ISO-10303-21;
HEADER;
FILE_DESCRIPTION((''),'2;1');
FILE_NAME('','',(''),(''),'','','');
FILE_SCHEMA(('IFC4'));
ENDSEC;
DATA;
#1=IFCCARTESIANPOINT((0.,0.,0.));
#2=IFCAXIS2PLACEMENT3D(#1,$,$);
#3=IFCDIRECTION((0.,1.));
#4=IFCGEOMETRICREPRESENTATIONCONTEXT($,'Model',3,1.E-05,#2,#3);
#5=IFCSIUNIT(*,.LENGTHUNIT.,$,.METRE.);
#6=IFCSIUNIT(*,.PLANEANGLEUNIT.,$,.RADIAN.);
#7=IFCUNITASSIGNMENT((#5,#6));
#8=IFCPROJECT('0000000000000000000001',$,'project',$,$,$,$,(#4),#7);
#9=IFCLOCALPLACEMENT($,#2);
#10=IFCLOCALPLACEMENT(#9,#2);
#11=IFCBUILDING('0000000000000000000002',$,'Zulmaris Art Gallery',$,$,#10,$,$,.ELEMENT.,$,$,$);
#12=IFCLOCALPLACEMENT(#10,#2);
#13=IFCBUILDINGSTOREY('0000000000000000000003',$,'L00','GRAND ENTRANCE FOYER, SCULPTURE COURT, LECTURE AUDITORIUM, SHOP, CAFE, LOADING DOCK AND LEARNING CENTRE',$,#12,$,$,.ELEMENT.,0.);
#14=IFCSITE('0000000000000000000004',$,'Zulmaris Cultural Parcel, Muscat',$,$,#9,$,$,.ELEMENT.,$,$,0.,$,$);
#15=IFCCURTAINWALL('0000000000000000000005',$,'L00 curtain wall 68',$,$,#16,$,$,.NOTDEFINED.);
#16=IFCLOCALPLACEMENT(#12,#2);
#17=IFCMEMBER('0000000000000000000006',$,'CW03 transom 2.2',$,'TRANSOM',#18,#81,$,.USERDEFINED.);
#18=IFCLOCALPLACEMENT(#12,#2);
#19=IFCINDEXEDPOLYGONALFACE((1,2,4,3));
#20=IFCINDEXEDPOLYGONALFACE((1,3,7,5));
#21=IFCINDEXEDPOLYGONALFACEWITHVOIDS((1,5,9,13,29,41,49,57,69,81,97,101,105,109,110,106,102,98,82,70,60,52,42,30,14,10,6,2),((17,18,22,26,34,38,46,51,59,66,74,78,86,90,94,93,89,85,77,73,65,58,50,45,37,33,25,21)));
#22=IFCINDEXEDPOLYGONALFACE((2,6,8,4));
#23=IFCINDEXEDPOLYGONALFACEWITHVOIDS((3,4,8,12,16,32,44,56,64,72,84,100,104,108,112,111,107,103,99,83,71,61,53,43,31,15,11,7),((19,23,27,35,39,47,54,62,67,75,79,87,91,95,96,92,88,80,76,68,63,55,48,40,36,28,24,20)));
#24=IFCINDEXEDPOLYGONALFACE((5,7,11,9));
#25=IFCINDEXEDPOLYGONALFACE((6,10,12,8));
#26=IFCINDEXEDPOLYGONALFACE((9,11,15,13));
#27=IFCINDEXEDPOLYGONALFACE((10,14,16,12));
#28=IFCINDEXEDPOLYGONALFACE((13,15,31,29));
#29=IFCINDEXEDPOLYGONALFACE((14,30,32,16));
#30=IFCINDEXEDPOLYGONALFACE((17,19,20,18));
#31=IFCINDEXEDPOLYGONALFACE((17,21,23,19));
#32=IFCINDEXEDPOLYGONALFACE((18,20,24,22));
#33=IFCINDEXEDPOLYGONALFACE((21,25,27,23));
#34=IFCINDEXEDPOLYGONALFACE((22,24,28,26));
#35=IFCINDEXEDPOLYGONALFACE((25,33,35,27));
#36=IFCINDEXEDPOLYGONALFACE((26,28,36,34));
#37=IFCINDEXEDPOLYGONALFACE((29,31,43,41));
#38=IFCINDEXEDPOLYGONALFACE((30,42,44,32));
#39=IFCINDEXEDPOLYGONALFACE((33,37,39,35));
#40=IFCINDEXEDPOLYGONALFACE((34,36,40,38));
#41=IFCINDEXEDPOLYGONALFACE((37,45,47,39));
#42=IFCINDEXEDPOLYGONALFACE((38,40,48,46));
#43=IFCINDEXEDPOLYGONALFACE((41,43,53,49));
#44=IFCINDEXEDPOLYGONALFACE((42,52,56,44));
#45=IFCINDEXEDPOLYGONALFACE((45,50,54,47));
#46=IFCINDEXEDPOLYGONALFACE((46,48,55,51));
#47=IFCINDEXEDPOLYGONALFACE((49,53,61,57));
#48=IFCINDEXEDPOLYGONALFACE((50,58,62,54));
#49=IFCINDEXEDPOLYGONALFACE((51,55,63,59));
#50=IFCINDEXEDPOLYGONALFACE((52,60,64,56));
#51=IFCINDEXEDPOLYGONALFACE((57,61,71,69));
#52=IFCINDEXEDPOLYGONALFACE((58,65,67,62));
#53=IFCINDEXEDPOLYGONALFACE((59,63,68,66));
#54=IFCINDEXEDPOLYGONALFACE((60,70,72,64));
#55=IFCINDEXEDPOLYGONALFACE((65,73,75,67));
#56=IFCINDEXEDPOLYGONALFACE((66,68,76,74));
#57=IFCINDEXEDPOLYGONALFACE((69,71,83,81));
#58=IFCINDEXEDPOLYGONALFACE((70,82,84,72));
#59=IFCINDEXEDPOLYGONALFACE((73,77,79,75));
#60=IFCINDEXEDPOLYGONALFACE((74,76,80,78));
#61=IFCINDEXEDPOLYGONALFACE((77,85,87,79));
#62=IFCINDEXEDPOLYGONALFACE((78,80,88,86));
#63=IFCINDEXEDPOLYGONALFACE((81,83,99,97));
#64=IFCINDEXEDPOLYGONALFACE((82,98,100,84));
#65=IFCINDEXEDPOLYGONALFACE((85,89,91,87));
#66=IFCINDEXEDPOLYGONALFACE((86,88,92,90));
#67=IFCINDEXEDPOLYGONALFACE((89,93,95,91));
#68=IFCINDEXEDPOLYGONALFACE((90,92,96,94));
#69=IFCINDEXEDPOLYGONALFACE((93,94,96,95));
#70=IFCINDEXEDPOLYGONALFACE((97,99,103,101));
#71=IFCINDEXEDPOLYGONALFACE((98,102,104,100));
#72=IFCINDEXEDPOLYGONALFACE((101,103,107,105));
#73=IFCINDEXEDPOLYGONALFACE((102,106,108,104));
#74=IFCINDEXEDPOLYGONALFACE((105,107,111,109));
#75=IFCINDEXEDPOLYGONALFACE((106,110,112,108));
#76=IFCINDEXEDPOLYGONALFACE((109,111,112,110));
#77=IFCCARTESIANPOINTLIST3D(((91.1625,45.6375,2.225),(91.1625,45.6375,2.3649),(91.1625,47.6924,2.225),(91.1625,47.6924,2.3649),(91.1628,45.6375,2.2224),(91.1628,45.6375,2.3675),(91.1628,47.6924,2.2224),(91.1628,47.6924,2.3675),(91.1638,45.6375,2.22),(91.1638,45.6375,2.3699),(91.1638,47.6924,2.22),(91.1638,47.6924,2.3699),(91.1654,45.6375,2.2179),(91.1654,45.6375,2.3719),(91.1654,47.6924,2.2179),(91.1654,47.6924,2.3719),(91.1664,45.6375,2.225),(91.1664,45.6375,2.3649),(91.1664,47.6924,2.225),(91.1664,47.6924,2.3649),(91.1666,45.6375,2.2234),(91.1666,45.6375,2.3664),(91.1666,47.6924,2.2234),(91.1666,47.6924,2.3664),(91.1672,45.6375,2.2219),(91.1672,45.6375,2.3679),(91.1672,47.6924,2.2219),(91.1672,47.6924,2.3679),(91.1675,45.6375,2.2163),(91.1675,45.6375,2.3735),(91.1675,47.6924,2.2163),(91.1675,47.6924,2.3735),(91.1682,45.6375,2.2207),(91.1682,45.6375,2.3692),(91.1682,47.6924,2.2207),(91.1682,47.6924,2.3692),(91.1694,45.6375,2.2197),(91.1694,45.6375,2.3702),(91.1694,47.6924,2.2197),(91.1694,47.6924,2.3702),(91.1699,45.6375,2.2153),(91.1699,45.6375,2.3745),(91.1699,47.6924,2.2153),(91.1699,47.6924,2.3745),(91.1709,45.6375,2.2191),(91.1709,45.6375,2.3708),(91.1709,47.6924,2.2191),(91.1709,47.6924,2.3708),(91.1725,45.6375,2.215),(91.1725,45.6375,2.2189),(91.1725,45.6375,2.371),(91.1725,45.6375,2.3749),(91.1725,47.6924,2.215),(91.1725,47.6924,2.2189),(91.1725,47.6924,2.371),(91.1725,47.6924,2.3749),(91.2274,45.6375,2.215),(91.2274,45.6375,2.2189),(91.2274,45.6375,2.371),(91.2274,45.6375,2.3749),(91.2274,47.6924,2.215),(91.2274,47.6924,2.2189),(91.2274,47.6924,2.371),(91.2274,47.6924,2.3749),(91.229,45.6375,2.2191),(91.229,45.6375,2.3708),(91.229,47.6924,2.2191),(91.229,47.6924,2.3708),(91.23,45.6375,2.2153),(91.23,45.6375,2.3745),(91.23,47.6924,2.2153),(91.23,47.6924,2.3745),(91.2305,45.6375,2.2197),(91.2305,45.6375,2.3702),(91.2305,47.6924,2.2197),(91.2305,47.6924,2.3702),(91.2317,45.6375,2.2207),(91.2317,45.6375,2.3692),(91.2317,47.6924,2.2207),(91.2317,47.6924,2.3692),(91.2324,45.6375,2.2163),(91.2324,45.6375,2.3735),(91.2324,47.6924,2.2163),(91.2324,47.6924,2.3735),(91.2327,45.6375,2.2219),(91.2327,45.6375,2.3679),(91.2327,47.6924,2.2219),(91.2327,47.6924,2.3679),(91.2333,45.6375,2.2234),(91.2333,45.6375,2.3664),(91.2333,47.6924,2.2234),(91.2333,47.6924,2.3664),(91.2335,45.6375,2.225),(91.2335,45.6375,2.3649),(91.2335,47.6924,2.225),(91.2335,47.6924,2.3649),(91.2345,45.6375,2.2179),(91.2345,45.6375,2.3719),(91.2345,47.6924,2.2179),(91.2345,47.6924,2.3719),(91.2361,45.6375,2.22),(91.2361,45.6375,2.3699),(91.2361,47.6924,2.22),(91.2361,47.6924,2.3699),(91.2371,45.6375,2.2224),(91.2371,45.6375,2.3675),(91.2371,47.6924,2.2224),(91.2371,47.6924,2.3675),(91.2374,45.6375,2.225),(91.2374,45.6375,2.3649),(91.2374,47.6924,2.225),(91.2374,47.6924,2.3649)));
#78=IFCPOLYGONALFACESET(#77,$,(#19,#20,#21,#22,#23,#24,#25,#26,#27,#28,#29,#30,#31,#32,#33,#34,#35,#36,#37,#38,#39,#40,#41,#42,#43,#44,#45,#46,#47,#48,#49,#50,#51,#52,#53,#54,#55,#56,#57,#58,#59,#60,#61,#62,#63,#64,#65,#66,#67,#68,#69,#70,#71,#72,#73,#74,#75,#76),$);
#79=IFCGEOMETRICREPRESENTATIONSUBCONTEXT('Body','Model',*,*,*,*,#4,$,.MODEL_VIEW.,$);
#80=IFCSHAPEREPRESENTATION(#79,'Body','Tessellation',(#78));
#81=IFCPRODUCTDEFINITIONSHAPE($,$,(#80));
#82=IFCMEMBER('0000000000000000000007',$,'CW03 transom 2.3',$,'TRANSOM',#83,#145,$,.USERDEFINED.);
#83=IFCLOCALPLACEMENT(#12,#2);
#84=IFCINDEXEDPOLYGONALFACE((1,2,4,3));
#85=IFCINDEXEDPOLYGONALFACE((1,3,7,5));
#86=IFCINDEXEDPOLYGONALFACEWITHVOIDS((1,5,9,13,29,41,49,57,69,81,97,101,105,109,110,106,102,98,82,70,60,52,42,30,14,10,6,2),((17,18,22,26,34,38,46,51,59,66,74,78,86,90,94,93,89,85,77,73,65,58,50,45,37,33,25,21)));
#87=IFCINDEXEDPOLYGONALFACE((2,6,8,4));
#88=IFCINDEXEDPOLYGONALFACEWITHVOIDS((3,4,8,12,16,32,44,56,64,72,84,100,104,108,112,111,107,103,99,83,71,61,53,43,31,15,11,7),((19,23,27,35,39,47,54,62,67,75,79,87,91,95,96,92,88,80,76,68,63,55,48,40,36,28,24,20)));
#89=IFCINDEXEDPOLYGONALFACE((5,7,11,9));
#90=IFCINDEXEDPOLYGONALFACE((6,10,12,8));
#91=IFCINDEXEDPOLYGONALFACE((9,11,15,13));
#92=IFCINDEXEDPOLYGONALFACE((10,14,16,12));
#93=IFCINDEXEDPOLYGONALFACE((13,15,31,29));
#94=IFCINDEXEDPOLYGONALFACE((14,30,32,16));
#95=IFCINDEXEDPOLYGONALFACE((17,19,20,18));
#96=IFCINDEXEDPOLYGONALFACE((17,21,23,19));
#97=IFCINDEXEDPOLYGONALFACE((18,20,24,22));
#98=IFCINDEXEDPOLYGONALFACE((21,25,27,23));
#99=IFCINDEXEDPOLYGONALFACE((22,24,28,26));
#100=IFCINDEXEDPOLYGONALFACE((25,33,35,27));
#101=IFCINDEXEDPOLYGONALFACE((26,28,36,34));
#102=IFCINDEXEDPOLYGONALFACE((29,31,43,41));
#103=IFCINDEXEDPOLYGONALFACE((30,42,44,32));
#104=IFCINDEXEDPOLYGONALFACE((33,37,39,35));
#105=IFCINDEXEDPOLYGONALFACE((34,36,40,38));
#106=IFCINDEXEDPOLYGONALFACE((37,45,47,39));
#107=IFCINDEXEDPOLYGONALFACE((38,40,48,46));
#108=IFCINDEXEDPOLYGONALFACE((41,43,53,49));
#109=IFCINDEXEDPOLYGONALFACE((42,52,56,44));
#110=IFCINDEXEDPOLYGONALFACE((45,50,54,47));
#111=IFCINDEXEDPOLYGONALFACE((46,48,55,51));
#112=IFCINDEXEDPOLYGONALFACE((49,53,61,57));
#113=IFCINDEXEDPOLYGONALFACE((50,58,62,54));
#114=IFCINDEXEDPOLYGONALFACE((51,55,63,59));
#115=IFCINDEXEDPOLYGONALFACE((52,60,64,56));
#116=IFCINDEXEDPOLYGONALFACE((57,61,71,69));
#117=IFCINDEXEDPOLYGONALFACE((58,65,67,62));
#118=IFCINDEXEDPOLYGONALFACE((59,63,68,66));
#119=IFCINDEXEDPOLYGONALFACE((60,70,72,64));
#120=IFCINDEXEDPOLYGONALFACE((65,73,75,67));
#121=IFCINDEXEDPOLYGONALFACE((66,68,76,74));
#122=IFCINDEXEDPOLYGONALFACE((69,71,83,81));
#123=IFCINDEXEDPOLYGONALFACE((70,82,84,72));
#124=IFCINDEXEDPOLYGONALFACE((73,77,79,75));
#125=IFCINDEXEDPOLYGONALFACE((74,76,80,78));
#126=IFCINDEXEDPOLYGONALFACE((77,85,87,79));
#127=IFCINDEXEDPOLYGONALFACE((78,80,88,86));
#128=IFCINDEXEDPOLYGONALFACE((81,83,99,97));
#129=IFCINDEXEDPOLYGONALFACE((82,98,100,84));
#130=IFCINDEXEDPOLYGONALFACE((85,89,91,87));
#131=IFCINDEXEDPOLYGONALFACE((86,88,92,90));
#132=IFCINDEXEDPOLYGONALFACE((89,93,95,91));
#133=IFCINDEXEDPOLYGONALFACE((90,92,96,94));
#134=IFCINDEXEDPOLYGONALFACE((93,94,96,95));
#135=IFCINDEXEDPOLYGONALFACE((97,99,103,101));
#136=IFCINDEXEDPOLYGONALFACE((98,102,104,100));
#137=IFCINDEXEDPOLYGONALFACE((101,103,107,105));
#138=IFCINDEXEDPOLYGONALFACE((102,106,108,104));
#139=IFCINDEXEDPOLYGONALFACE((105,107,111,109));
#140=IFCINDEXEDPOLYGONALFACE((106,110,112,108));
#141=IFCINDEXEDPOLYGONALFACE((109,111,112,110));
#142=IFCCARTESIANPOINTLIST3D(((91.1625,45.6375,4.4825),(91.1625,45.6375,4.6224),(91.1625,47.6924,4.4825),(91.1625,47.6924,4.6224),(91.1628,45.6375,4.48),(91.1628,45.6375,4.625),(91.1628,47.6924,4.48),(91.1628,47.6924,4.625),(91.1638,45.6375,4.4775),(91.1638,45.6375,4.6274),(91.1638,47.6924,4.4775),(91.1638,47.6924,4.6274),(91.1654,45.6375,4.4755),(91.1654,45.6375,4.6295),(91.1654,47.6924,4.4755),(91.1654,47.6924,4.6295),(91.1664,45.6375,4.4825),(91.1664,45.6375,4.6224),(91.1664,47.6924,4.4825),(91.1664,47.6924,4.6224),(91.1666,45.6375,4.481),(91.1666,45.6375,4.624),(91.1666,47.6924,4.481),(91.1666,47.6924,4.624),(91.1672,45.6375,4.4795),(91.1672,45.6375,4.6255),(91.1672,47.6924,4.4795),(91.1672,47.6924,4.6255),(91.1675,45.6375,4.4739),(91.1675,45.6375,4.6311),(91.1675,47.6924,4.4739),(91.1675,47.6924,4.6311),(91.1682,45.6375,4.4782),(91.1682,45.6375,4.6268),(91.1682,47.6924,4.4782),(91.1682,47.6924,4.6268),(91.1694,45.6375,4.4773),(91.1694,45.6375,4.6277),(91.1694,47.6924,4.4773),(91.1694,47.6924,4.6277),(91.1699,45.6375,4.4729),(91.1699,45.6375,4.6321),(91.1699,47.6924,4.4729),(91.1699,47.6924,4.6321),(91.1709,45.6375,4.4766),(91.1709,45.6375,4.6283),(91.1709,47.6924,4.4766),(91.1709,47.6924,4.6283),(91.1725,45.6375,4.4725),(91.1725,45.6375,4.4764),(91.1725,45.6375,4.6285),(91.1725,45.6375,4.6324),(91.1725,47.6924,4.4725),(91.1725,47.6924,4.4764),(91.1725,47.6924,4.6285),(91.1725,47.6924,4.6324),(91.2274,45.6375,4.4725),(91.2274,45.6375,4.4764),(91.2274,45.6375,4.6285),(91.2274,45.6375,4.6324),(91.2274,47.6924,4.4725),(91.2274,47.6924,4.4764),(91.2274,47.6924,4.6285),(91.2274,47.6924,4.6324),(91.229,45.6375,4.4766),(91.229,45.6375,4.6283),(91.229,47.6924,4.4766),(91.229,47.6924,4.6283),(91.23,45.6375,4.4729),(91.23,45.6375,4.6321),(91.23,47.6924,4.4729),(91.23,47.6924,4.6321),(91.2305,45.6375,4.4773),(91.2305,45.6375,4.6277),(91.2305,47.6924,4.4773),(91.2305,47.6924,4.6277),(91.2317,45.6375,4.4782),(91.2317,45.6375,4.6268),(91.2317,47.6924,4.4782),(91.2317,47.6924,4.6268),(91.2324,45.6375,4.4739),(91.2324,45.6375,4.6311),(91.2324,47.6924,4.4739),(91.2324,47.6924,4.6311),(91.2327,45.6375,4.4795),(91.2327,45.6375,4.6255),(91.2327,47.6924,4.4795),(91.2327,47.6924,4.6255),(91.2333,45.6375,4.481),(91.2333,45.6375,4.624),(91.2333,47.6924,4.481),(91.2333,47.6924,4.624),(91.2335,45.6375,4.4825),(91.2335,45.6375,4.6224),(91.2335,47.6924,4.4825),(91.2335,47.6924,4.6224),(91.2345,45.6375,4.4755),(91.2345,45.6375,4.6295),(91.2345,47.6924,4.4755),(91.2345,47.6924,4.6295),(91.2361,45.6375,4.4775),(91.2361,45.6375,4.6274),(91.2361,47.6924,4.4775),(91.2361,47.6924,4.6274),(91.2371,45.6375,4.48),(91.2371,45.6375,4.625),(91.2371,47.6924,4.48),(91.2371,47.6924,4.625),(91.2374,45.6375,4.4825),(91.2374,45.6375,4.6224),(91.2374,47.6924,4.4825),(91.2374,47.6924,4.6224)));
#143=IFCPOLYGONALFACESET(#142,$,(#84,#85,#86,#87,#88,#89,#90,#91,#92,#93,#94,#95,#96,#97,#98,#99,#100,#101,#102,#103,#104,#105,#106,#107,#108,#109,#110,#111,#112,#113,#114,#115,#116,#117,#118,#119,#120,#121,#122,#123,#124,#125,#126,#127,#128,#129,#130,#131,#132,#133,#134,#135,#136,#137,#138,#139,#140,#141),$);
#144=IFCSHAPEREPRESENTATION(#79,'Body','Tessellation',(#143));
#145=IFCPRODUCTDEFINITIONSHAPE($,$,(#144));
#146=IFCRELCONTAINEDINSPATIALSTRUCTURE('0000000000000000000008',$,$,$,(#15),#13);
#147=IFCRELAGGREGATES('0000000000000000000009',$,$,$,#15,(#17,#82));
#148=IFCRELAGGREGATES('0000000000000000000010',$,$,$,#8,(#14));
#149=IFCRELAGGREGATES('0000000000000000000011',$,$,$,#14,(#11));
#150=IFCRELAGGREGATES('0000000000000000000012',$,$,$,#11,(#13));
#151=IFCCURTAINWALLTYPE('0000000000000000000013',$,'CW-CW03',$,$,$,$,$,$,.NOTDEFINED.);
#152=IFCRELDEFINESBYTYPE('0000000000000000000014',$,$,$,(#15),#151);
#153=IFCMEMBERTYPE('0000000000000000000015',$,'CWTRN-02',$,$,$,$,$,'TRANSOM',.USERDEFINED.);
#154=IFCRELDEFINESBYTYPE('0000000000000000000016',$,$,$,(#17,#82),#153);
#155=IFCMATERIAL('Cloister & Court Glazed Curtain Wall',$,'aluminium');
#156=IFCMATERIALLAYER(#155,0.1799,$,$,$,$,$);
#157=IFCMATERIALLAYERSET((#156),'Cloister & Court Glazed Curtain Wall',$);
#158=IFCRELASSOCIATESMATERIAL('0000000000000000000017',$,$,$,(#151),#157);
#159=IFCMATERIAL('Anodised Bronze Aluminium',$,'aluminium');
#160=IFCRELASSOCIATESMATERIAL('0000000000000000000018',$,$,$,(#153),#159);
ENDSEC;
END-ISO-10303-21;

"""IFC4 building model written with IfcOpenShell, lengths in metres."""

from ifc_helpers import new_model, si_unit, direction, frame, origin, origin_2d, place, context, subcontext, project, spatial, hollow_rectangle, extrude, material, layer, layer_set, material_profile, profile_set, type_object, element, aggregate, save


model = new_model("IFC4")

# Units and contexts
model_context = context("Model", 3, precision=1e-05, world=origin(), true_north=direction((0.0, 1.0)))
body_context = subcontext(model_context, "Body", "Model", "MODEL_VIEW")
ifc_project = project(units=[si_unit("LENGTHUNIT", "METRE"), si_unit("PLANEANGLEUNIT", "RADIAN")], contexts=[model_context])

# Site, building, storey
site_placement = place(None, origin())
site = spatial("IfcSite", under=ifc_project, at=site_placement, Name="Zulmaris Cultural Parcel, Muscat", CompositionType="ELEMENT", RefElevation=0.0)
building_placement = place(site_placement, origin())
building = spatial("IfcBuilding", under=site, at=building_placement, Name="Zulmaris Art Gallery", CompositionType="ELEMENT")
storey_placement = place(building_placement, origin())
storey = spatial("IfcBuildingStorey", under=building, at=storey_placement, Name="L00", Description="GRAND ENTRANCE FOYER, SCULPTURE COURT, LECTURE AUDITORIUM, SHOP, CAFE, LOADING DOCK AND LEARNING CENTRE", CompositionType="ELEMENT", Elevation=0.0)

# Shared definitions
ifc_material_1 = material(Name="Cloister & Court Glazed Curtain Wall", Category="aluminium")
ifc_layer_1 = layer(ifc_material_1, 0.1799)
ifc_layer_set_1 = layer_set([ifc_layer_1], Name="Cloister & Court Glazed Curtain Wall")
curtain_wall_type = type_object("IfcCurtainWallType", Name="CW-CW03", PredefinedType="NOTDEFINED", material=ifc_layer_set_1)
ifc_material_2 = material(Name="Anodised Bronze Aluminium", Category="aluminium")

# Curtain wall
curtain_wall_1_placement = place(storey_placement, origin())
curtain_wall_1 = element("IfcCurtainWall", 1, at=curtain_wall_1_placement, inside=storey, type_object=curtain_wall_type, Name="L00 curtain wall 68", PredefinedType="NOTDEFINED")

# Members
ifc_material_profile_1 = material_profile(ifc_material_2, hollow_rectangle(XDim=0.075, YDim=0.1599, WallThickness=0.0039, InnerFilletRadius=0.0061, OuterFilletRadius=0.01, at=origin_2d()), Name="ALU 75x160x4")
ifc_profile_set_1 = profile_set([ifc_material_profile_1], Name="Anodised Bronze Aluminium")
member_type_1 = type_object("IfcMemberType", Name="CWTRN-02", ElementType="TRANSOM", PredefinedType="USERDEFINED", material=ifc_profile_set_1)
member_1_placement = place(storey_placement, frame((91.2, 47.6924, 2.2949), z_axis=(0.0, -1.0, 0.0), x_axis=(1.0, 0.0, 0.0)))
member_1 = element("IfcMember", 2, at=member_1_placement, type_object=member_type_1, Name="CW03 transom 2.2", ObjectType="TRANSOM", PredefinedType="USERDEFINED", context=body_context, shape_type="SweptSolid", body=[
    extrude(hollow_rectangle(XDim=0.075, YDim=0.1599, WallThickness=0.0039, InnerFilletRadius=0.0061, OuterFilletRadius=0.01, at=origin_2d()), origin(), (0.0, 0.0, 1.0), 2.0549),
])
member_2_placement = place(storey_placement, frame((91.2, 47.6924, 4.5525), z_axis=(0.0, -1.0, 0.0), x_axis=(1.0, 0.0, 0.0)))
member_2 = element("IfcMember", 3, at=member_2_placement, type_object=member_type_1, Name="CW03 transom 2.3", ObjectType="TRANSOM", PredefinedType="USERDEFINED", context=body_context, shape_type="SweptSolid", body=[
    extrude(hollow_rectangle(XDim=0.075, YDim=0.1599, WallThickness=0.0039, InnerFilletRadius=0.0061, OuterFilletRadius=0.01, at=origin_2d()), origin(), (0.0, 0.0, 1.0), 2.0549),
])

aggregate(curtain_wall_1, [member_1, member_2])

save(model, "model.ifc")
